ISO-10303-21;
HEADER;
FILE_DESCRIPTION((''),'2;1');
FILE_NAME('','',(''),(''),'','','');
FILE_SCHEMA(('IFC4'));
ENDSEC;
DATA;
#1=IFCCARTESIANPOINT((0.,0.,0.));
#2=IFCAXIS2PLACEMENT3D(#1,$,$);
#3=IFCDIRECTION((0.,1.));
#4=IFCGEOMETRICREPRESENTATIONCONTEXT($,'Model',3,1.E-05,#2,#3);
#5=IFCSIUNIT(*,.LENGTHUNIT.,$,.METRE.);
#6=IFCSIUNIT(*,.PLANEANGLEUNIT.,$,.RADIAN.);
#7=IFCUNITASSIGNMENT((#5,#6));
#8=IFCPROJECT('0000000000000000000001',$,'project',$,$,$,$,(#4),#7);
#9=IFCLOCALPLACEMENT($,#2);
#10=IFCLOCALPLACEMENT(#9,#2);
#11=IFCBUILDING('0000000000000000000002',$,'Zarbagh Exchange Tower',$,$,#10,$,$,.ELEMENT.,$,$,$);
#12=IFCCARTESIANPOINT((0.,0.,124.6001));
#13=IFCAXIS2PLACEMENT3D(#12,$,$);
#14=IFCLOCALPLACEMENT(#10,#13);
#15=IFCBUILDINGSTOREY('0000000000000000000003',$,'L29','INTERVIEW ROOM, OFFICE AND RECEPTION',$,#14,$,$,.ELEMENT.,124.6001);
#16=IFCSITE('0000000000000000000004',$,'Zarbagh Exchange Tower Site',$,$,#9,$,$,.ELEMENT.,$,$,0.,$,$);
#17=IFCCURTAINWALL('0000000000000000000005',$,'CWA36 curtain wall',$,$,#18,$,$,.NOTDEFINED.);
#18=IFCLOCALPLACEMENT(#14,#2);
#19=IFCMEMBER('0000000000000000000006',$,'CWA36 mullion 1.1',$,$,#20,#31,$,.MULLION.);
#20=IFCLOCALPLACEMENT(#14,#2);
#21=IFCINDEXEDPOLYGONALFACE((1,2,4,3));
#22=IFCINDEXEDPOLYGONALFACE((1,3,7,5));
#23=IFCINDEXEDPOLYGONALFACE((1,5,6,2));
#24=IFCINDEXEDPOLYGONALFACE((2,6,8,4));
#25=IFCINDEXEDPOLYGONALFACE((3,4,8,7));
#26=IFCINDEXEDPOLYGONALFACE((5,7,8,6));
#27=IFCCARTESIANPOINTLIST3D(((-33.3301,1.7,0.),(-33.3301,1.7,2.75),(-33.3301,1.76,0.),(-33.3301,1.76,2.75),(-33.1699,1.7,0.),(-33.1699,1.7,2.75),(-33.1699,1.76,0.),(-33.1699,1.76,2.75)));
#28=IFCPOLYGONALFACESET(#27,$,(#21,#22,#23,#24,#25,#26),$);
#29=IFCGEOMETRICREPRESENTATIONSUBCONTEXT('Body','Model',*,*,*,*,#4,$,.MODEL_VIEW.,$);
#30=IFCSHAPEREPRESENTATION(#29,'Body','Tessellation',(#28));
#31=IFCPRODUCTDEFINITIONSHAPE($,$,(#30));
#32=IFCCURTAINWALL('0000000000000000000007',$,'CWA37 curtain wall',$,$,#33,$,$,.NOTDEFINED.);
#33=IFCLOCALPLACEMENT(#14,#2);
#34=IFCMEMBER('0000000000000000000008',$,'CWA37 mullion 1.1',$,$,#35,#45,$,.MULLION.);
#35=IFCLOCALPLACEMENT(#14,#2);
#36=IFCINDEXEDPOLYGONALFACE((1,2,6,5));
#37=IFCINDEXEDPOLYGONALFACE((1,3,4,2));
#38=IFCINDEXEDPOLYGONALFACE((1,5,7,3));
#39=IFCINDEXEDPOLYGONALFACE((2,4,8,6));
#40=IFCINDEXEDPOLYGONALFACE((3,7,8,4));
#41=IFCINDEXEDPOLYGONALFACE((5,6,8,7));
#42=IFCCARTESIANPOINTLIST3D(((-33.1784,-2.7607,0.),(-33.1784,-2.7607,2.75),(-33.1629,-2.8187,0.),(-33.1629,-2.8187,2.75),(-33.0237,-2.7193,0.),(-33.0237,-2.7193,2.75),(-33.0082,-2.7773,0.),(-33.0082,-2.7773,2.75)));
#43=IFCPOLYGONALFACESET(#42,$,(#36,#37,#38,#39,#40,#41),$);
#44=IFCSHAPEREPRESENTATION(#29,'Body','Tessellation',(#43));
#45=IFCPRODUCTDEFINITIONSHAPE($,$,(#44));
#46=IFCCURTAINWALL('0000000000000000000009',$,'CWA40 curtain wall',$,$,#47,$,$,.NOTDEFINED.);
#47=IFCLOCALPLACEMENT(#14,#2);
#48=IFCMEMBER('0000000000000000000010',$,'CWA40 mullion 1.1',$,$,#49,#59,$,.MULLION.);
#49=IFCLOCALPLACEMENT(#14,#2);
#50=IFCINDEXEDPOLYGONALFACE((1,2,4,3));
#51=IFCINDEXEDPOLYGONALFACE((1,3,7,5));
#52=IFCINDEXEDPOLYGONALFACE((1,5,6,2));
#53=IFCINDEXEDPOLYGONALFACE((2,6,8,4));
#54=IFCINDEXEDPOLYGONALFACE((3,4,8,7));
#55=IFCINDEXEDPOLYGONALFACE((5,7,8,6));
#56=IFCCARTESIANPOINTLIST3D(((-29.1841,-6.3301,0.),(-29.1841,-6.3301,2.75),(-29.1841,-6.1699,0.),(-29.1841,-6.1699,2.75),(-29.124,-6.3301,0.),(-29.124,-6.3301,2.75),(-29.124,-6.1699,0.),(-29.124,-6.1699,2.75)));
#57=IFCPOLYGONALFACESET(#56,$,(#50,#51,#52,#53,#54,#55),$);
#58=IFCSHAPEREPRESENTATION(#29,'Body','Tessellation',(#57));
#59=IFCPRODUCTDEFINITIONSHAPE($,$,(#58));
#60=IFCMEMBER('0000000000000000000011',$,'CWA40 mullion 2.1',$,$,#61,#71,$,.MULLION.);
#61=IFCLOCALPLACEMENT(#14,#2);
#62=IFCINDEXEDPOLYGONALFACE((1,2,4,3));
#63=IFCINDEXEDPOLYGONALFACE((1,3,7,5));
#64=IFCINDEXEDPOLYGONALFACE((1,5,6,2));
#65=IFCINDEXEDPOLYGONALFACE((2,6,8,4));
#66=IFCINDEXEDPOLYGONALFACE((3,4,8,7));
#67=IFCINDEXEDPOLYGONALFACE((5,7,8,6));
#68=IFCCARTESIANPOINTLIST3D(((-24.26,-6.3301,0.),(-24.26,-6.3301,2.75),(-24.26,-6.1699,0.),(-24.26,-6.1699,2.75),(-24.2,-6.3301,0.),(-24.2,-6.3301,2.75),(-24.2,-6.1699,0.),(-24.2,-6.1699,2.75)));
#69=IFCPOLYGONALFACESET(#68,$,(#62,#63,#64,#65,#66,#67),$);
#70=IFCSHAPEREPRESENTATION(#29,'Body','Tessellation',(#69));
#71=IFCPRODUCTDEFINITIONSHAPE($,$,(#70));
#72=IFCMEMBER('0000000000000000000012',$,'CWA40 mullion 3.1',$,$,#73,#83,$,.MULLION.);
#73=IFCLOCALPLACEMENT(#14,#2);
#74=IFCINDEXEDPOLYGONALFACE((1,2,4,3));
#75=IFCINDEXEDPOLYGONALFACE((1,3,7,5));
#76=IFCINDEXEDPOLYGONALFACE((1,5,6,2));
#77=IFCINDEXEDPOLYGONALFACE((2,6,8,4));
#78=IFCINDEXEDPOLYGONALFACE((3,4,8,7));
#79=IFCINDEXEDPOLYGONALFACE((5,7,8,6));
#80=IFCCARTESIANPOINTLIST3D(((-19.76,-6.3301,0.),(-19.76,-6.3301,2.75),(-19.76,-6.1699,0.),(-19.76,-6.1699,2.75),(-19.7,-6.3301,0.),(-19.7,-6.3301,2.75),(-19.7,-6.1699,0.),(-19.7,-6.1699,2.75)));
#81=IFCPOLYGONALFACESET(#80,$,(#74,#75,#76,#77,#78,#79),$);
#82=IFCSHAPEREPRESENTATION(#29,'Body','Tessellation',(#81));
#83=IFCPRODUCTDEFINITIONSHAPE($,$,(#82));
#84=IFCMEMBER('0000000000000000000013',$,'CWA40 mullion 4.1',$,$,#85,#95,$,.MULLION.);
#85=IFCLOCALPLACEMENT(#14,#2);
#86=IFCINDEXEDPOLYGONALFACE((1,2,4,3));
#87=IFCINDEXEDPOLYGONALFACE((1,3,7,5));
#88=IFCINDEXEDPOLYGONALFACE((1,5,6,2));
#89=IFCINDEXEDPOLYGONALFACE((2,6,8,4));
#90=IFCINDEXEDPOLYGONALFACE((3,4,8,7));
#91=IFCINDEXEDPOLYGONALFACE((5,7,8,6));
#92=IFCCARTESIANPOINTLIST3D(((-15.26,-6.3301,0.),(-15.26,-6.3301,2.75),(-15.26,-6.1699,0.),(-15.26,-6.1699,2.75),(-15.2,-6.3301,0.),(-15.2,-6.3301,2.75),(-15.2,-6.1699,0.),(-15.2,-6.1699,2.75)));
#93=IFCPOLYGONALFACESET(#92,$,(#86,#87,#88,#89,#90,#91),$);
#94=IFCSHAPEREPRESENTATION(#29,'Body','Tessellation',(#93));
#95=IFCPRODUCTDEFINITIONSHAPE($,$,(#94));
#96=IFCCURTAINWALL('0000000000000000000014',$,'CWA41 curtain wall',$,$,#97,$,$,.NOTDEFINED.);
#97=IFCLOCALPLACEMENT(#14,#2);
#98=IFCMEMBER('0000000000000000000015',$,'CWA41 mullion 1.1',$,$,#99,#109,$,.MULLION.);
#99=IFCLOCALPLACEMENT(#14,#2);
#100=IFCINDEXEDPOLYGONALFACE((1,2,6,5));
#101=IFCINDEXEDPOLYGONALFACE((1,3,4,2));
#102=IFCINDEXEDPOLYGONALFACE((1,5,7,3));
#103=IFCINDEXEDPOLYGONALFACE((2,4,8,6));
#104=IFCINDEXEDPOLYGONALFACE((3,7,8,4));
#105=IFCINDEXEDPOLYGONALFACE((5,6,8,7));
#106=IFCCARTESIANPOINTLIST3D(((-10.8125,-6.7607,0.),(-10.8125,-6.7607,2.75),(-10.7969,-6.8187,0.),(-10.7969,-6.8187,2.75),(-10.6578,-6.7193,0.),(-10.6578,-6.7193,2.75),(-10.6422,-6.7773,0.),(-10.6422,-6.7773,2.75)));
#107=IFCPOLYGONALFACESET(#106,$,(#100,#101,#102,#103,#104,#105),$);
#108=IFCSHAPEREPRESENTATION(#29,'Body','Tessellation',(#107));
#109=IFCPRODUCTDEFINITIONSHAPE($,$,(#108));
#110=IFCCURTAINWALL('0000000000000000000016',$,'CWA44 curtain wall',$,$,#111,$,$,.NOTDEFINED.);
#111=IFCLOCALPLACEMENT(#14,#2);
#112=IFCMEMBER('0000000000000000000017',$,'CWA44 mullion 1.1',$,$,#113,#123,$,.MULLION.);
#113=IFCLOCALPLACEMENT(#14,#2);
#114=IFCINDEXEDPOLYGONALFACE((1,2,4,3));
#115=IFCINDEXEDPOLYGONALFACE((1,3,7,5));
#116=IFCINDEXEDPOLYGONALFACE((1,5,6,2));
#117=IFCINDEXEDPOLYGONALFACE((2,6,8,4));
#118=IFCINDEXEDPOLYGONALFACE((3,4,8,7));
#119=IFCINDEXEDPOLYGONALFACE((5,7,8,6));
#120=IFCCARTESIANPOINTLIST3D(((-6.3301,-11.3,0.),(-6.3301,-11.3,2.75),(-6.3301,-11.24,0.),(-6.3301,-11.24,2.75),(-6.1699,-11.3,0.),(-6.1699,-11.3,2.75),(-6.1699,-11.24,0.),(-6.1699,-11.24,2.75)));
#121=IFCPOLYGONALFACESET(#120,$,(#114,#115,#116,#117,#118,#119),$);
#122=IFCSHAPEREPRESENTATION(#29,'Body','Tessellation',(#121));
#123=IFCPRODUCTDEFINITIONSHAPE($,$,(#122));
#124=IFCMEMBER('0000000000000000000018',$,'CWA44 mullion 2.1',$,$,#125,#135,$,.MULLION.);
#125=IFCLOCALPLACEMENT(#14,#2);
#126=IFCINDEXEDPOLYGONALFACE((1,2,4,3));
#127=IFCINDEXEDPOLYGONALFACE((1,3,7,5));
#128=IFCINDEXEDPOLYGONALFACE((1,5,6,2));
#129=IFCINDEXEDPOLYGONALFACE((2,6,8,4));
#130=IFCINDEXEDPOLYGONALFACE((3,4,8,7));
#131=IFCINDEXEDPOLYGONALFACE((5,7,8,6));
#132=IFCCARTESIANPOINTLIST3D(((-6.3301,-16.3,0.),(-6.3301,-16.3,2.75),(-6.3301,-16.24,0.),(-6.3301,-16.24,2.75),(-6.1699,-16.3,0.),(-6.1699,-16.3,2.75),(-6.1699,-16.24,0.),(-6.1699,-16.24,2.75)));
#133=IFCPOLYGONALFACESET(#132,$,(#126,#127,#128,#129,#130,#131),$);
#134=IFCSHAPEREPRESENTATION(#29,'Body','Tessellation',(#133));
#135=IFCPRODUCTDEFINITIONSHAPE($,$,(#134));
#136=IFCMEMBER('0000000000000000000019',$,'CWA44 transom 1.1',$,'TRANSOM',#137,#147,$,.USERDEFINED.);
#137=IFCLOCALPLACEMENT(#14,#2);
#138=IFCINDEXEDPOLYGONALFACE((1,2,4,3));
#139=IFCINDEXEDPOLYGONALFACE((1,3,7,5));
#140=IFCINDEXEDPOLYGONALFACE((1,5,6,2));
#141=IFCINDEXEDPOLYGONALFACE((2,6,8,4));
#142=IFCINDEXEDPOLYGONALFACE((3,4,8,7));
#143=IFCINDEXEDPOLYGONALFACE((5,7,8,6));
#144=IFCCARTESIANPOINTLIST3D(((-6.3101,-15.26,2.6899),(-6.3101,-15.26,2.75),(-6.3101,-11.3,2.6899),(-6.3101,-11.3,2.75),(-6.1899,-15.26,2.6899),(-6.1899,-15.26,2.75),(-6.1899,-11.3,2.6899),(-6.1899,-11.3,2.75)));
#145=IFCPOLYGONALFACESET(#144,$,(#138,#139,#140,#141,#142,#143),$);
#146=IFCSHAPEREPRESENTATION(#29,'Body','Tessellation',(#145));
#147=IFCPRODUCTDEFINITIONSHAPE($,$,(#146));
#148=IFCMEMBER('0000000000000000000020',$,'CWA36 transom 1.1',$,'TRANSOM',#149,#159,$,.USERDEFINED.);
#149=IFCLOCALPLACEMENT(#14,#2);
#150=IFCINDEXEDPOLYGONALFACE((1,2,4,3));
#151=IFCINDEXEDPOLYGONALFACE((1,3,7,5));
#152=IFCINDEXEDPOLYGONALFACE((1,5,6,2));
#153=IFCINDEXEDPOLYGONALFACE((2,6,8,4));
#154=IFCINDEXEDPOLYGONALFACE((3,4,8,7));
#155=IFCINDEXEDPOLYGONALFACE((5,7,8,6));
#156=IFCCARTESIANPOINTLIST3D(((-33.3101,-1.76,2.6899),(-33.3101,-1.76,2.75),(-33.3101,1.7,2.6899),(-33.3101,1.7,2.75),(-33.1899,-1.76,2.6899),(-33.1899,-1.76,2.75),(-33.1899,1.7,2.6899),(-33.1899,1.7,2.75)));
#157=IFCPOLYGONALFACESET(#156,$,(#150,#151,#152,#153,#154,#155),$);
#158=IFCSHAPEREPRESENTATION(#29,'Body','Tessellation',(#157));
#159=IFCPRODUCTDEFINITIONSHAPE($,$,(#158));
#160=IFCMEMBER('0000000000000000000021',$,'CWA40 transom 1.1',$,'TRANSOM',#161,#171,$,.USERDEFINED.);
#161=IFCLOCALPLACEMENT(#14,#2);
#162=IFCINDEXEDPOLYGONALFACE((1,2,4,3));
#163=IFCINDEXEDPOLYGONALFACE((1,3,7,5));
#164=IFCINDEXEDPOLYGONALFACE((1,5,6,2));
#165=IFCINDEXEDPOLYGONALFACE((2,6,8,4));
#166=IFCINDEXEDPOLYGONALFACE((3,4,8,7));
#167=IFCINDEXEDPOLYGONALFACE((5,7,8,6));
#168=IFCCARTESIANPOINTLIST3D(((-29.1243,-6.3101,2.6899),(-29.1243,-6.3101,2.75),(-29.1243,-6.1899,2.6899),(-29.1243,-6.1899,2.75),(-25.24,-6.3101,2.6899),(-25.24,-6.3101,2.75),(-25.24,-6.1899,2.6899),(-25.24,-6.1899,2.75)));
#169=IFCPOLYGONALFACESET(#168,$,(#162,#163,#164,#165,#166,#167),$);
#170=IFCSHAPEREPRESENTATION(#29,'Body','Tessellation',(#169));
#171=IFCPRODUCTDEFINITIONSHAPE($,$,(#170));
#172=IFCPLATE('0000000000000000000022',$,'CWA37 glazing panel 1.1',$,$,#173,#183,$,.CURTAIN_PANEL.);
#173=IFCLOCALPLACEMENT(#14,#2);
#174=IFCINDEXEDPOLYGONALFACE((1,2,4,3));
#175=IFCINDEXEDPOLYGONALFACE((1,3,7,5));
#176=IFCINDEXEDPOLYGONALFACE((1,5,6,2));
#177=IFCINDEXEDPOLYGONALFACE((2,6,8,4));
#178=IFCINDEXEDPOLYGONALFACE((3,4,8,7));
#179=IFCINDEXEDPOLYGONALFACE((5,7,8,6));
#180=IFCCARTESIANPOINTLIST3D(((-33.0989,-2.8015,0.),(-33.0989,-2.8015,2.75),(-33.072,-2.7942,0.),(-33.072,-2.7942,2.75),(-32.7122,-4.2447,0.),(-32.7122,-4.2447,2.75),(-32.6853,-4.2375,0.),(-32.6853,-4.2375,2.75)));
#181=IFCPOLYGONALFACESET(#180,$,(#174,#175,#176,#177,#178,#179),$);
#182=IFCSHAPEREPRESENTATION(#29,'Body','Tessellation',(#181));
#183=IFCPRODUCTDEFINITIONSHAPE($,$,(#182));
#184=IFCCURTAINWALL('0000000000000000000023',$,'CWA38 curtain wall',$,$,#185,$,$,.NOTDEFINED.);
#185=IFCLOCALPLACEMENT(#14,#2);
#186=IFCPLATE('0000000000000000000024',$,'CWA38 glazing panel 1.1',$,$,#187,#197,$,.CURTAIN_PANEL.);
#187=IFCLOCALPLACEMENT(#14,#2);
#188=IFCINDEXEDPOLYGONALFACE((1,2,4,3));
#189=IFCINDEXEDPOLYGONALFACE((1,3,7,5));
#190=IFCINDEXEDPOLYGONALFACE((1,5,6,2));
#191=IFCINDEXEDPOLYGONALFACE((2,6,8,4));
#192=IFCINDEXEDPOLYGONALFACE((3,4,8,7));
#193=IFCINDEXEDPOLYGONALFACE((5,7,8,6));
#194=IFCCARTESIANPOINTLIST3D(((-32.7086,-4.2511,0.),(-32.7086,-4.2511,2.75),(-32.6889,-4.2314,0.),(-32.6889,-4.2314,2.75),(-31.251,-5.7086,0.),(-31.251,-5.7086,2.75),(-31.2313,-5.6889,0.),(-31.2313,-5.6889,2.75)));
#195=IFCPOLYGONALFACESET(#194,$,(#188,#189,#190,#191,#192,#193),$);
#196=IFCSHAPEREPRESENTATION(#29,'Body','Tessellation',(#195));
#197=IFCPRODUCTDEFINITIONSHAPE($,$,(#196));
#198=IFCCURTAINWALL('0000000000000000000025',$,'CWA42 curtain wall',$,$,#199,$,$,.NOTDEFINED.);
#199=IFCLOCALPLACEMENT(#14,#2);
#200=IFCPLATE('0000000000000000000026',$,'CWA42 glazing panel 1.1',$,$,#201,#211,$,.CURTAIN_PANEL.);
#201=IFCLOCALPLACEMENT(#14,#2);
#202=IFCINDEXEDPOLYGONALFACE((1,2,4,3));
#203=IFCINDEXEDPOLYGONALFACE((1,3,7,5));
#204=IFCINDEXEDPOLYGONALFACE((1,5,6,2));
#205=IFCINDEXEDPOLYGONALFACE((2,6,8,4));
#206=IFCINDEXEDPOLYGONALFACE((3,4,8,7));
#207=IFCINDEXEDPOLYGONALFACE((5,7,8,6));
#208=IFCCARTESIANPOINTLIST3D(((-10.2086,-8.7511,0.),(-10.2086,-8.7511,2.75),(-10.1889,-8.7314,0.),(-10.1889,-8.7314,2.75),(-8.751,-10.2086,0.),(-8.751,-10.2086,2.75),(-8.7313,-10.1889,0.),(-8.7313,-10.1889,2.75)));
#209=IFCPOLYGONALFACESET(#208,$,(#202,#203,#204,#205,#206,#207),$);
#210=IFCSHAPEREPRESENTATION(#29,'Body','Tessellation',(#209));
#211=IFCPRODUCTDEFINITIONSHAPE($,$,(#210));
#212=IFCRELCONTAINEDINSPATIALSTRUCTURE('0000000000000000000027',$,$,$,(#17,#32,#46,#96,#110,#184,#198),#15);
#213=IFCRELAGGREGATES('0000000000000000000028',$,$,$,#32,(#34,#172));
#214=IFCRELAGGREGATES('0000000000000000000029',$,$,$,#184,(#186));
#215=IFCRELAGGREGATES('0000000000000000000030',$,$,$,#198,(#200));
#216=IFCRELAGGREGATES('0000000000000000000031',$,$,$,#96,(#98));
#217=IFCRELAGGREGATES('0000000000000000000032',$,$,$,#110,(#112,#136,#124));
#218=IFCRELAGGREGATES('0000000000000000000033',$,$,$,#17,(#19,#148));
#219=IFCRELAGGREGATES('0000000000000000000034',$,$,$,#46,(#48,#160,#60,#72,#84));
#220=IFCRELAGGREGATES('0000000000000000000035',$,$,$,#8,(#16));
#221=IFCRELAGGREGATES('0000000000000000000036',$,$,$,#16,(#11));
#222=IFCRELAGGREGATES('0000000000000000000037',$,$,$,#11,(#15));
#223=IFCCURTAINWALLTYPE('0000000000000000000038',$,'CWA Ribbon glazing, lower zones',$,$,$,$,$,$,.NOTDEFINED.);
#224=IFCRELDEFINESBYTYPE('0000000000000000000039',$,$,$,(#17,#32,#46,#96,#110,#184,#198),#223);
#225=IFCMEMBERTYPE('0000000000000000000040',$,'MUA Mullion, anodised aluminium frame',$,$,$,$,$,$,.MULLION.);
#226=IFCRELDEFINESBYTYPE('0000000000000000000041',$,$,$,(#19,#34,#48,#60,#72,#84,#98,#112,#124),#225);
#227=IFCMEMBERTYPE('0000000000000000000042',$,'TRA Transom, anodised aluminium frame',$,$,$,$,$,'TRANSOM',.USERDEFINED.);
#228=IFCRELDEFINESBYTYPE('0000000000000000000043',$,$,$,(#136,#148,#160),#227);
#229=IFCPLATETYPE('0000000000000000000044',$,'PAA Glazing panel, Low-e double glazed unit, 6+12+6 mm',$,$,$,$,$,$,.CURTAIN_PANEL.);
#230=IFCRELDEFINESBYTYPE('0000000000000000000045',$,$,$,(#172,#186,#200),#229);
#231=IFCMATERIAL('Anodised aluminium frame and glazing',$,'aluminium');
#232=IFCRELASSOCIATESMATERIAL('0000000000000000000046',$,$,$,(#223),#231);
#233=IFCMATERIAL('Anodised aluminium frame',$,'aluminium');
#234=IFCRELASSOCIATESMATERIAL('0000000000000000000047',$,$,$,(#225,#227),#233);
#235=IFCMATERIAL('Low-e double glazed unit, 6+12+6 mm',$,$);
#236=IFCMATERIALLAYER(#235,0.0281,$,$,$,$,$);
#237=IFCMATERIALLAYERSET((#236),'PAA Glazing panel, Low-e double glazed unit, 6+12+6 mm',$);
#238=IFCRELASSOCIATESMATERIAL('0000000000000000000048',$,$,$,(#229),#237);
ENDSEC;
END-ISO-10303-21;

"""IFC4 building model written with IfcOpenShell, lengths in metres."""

from ifc_helpers import new_model, si_unit, direction, frame, origin, place, context, subcontext, project, spatial, polyline, outline, extrude, source, transform, mapped, material, layer, layer_set, type_object, element, aggregate, save


model = new_model("IFC4")

# Units and contexts
model_context = context("Model", 3, precision=1e-05, world=origin(), true_north=direction((0.0, 1.0)))
body_context = subcontext(model_context, "Body", "Model", "MODEL_VIEW")
ifc_project = project(units=[si_unit("LENGTHUNIT", "METRE"), si_unit("PLANEANGLEUNIT", "RADIAN")], contexts=[model_context])

# Site, building, storey
site_placement = place(None, origin())
site = spatial("IfcSite", under=ifc_project, at=site_placement, Name="Zarbagh Exchange Tower Site", CompositionType="ELEMENT", RefElevation=0.0)
building_placement = place(site_placement, origin())
building = spatial("IfcBuilding", under=site, at=building_placement, Name="Zarbagh Exchange Tower", CompositionType="ELEMENT")
storey_placement = place(building_placement, frame((0.0, 0.0, 124.6001)))
storey = spatial("IfcBuildingStorey", under=building, at=storey_placement, Name="L29", Description="INTERVIEW ROOM, OFFICE AND RECEPTION", CompositionType="ELEMENT", Elevation=124.6001)

# Curtain walls, members
ifc_material_1 = material(Name="Anodised aluminium frame and glazing", Category="aluminium")
curtain_wall_type = type_object("IfcCurtainWallType", Name="CWA Ribbon glazing, lower zones", PredefinedType="NOTDEFINED", material=ifc_material_1)
curtain_wall_1_placement = place(storey_placement, origin())
curtain_wall_1 = element("IfcCurtainWall", 1, at=curtain_wall_1_placement, inside=storey, type_object=curtain_wall_type, Name="CWA36 curtain wall", PredefinedType="NOTDEFINED")
ifc_material_2 = material(Name="Anodised aluminium frame", Category="aluminium")
member_type_1 = type_object("IfcMemberType", Name="MUA Mullion, anodised aluminium frame", PredefinedType="MULLION", material=ifc_material_2)
shared_shape_1 = source(origin(), body_context, "Body", "SweptSolid", [
    extrude(outline(polyline([(0.0, -0.0801), (0.0601, -0.0801), (0.0601, 0.0801), (0.0, 0.0801), (0.0, -0.0801)])), origin(), (0.0, 0.0, 1.0), 2.75),
])
placement = place(storey_placement, origin())
member_1 = element("IfcMember", 2, at=placement, type_object=member_type_1, Name="CWA36 mullion 1.1", PredefinedType="MULLION", context=body_context, shape_type="MappedRepresentation", body=[
    mapped(shared_shape_1, transform((-33.25, 1.76, 0.0), x_axis=(0.0, -1.0, 0.0), y_axis=(1.0, 0.0, 0.0), z_axis=(0.0, 0.0, 1.0))),
])
curtain_wall_2_placement = place(storey_placement, origin())
curtain_wall_2 = element("IfcCurtainWall", 3, at=curtain_wall_2_placement, inside=storey, type_object=curtain_wall_type, Name="CWA37 curtain wall", PredefinedType="NOTDEFINED")
member_2 = element("IfcMember", 4, at=placement, type_object=member_type_1, Name="CWA37 mullion 1.1", PredefinedType="MULLION", context=body_context, shape_type="MappedRepresentation", body=[
    mapped(shared_shape_1, transform((-33.1011, -2.74, 0.0), x_axis=(0.258825, -0.965924, 0.0), y_axis=(0.965924, 0.258825, 0.0), z_axis=(0.0, 0.0, 1.0))),
])

# Curtain wall, members
curtain_wall_3_placement = place(storey_placement, origin())
curtain_wall_3 = element("IfcCurtainWall", 5, at=curtain_wall_3_placement, inside=storey, type_object=curtain_wall_type, Name="CWA40 curtain wall", PredefinedType="NOTDEFINED")
member_3 = element("IfcMember", 6, at=placement, type_object=member_type_1, Name="CWA40 mullion 1.1", PredefinedType="MULLION", context=body_context, shape_type="MappedRepresentation", body=[
    mapped(shared_shape_1, transform((-29.1841, -6.25, 0.0), x_axis=(1.0, 0.0, 0.0), y_axis=(0.0, 1.0, 0.0), z_axis=(0.0, 0.0, 1.0))),
])
member_4 = element("IfcMember", 7, at=placement, type_object=member_type_1, Name="CWA40 mullion 2.1", PredefinedType="MULLION", context=body_context, shape_type="MappedRepresentation", body=[
    mapped(shared_shape_1, transform((-24.26, -6.25, 0.0), x_axis=(1.0, 0.0, 0.0), y_axis=(0.0, 1.0, 0.0), z_axis=(0.0, 0.0, 1.0))),
])
member_5 = element("IfcMember", 8, at=placement, type_object=member_type_1, Name="CWA40 mullion 3.1", PredefinedType="MULLION", context=body_context, shape_type="MappedRepresentation", body=[
    mapped(shared_shape_1, transform((-19.76, -6.25, 0.0), x_axis=(1.0, 0.0, 0.0), y_axis=(0.0, 1.0, 0.0), z_axis=(0.0, 0.0, 1.0))),
])
member_6 = element("IfcMember", 9, at=placement, type_object=member_type_1, Name="CWA40 mullion 4.1", PredefinedType="MULLION", context=body_context, shape_type="MappedRepresentation", body=[
    mapped(shared_shape_1, transform((-15.26, -6.25, 0.0), x_axis=(1.0, 0.0, 0.0), y_axis=(0.0, 1.0, 0.0), z_axis=(0.0, 0.0, 1.0))),
])

# Curtain wall, member
curtain_wall_4_placement = place(storey_placement, origin())
curtain_wall_4 = element("IfcCurtainWall", 10, at=curtain_wall_4_placement, inside=storey, type_object=curtain_wall_type, Name="CWA41 curtain wall", PredefinedType="NOTDEFINED")
member_7 = element("IfcMember", 11, at=placement, type_object=member_type_1, Name="CWA41 mullion 1.1", PredefinedType="MULLION", context=body_context, shape_type="MappedRepresentation", body=[
    mapped(shared_shape_1, transform((-10.7351, -6.74, 0.0), x_axis=(0.258825, -0.965924, 0.0), y_axis=(0.965924, 0.258825, 0.0), z_axis=(0.0, 0.0, 1.0))),
])

# Curtain wall, members
curtain_wall_5_placement = place(storey_placement, origin())
curtain_wall_5 = element("IfcCurtainWall", 12, at=curtain_wall_5_placement, inside=storey, type_object=curtain_wall_type, Name="CWA44 curtain wall", PredefinedType="NOTDEFINED")
member_8 = element("IfcMember", 13, at=placement, type_object=member_type_1, Name="CWA44 mullion 1.1", PredefinedType="MULLION", context=body_context, shape_type="MappedRepresentation", body=[
    mapped(shared_shape_1, transform((-6.25, -11.24, 0.0), x_axis=(0.0, -1.0, 0.0), y_axis=(1.0, 0.0, 0.0), z_axis=(0.0, 0.0, 1.0))),
])
member_9 = element("IfcMember", 14, at=placement, type_object=member_type_1, Name="CWA44 mullion 2.1", PredefinedType="MULLION", context=body_context, shape_type="MappedRepresentation", body=[
    mapped(shared_shape_1, transform((-6.25, -16.24, 0.0), x_axis=(0.0, -1.0, 0.0), y_axis=(1.0, 0.0, 0.0), z_axis=(0.0, 0.0, 1.0))),
])
member_type_2 = type_object("IfcMemberType", Name="TRA Transom, anodised aluminium frame", ElementType="TRANSOM", PredefinedType="USERDEFINED", material=ifc_material_2)
shared_shape_2 = source(origin(), body_context, "Body", "SweptSolid", [
    extrude(outline(polyline([(-0.0601, -0.0601), (0.0, -0.0601), (0.0, 0.0601), (-0.0601, 0.0601), (-0.0601, -0.0601)])), origin(), (0.0, 0.0, 1.0), 3.96),
])
member_10 = element("IfcMember", 15, at=placement, type_object=member_type_2, Name="CWA44 transom 1.1", ObjectType="TRANSOM", PredefinedType="USERDEFINED", context=body_context, shape_type="MappedRepresentation", body=[
    mapped(shared_shape_2, transform((-6.25, -11.3, 2.75), x_axis=(0.0, 0.0, 1.0), y_axis=(-1.0, 0.0, 0.0), z_axis=(0.0, -1.0, 0.0))),
])

# Members
shared_shape_3 = source(origin(), body_context, "Body", "SweptSolid", [
    extrude(outline(polyline([(-0.0601, -0.0601), (0.0, -0.0601), (0.0, 0.0601), (-0.0601, 0.0601), (-0.0601, -0.0601)])), origin(), (0.0, 0.0, 1.0), 3.46),
])
member_11 = element("IfcMember", 16, at=placement, type_object=member_type_2, Name="CWA36 transom 1.1", ObjectType="TRANSOM", PredefinedType="USERDEFINED", context=body_context, shape_type="MappedRepresentation", body=[
    mapped(shared_shape_3, transform((-33.25, 1.7, 2.75), x_axis=(0.0, 0.0, 1.0), y_axis=(-1.0, 0.0, 0.0), z_axis=(0.0, -1.0, 0.0))),
])
shared_shape_4 = source(origin(), body_context, "Body", "SweptSolid", [
    extrude(outline(polyline([(-0.0601, -0.0601), (0.0, -0.0601), (0.0, 0.0601), (-0.0601, 0.0601), (-0.0601, -0.0601)])), origin(), (0.0, 0.0, 1.0), 3.8843),
])
member_12 = element("IfcMember", 17, at=placement, type_object=member_type_2, Name="CWA40 transom 1.1", ObjectType="TRANSOM", PredefinedType="USERDEFINED", context=body_context, shape_type="MappedRepresentation", body=[
    mapped(shared_shape_4, transform((-29.1243, -6.25, 2.75), x_axis=(0.0, 0.0, 1.0), y_axis=(0.0, -1.0, 0.0), z_axis=(1.0, 0.0, 0.0))),
])

# Plate
ifc_material_3 = material(Name="Low-e double glazed unit, 6+12+6 mm")
ifc_layer = layer(ifc_material_3, 0.0281)
ifc_layer_set = layer_set([ifc_layer], Name="PAA Glazing panel, Low-e double glazed unit, 6+12+6 mm")
plate_type = type_object("IfcPlateType", Name="PAA Glazing panel, Low-e double glazed unit, 6+12+6 mm", PredefinedType="CURTAIN_PANEL", material=ifc_layer_set)
shared_shape_5 = source(origin(), body_context, "Body", "SweptSolid", [
    extrude(outline(polyline([(0.0, -0.0139), (1.4941, -0.0139), (1.4941, 0.0139), (0.0, 0.0139), (0.0, -0.0139)])), origin(), (0.0, 0.0, 1.0), 2.75),
])
plate_1 = element("IfcPlate", 18, at=placement, type_object=plate_type, Name="CWA37 glazing panel 1.1", PredefinedType="CURTAIN_PANEL", context=body_context, shape_type="MappedRepresentation", body=[
    mapped(shared_shape_5, transform((-33.0854, -2.7979, 0.0), x_axis=(0.258825, -0.965924, 0.0), y_axis=(0.965924, 0.258825, 0.0), z_axis=(0.0, 0.0, 1.0))),
])
aggregate(curtain_wall_2, [member_2, plate_1])

# Curtain walls, plates
curtain_wall_6_placement = place(storey_placement, origin())
curtain_wall_6 = element("IfcCurtainWall", 19, at=curtain_wall_6_placement, inside=storey, type_object=curtain_wall_type, Name="CWA38 curtain wall", PredefinedType="NOTDEFINED")
shared_shape_6 = source(origin(), body_context, "Body", "SweptSolid", [
    extrude(outline(polyline([(0.0, -0.0139), (2.0613, -0.0139), (2.0613, 0.0139), (0.0, 0.0139), (0.0, -0.0139)])), origin(), (0.0, 0.0, 1.0), 2.75),
])
plate_2 = element("IfcPlate", 20, at=placement, type_object=plate_type, Name="CWA38 glazing panel 1.1", PredefinedType="CURTAIN_PANEL", context=body_context, shape_type="MappedRepresentation", body=[
    mapped(shared_shape_6, transform((-32.6987, -4.2412, 0.0), x_axis=(0.707107, -0.707107, 0.0), y_axis=(0.707107, 0.707107, 0.0), z_axis=(0.0, 0.0, 1.0))),
])
aggregate(curtain_wall_6, [plate_2])
curtain_wall_7_placement = place(storey_placement, origin())
curtain_wall_7 = element("IfcCurtainWall", 21, at=curtain_wall_7_placement, inside=storey, type_object=curtain_wall_type, Name="CWA42 curtain wall", PredefinedType="NOTDEFINED")
plate_3 = element("IfcPlate", 22, at=placement, type_object=plate_type, Name="CWA42 glazing panel 1.1", PredefinedType="CURTAIN_PANEL", context=body_context, shape_type="MappedRepresentation", body=[
    mapped(shared_shape_6, transform((-10.1987, -8.7412, 0.0), x_axis=(0.707107, -0.707107, 0.0), y_axis=(0.707107, 0.707107, 0.0), z_axis=(0.0, 0.0, 1.0))),
])
aggregate(curtain_wall_7, [plate_3])

aggregate(curtain_wall_4, [member_7])

aggregate(curtain_wall_5, [member_8, member_10, member_9])
aggregate(curtain_wall_1, [member_1, member_11])
aggregate(curtain_wall_3, [member_3, member_12, member_4, member_5, member_6])

save(model, "model.ifc")
